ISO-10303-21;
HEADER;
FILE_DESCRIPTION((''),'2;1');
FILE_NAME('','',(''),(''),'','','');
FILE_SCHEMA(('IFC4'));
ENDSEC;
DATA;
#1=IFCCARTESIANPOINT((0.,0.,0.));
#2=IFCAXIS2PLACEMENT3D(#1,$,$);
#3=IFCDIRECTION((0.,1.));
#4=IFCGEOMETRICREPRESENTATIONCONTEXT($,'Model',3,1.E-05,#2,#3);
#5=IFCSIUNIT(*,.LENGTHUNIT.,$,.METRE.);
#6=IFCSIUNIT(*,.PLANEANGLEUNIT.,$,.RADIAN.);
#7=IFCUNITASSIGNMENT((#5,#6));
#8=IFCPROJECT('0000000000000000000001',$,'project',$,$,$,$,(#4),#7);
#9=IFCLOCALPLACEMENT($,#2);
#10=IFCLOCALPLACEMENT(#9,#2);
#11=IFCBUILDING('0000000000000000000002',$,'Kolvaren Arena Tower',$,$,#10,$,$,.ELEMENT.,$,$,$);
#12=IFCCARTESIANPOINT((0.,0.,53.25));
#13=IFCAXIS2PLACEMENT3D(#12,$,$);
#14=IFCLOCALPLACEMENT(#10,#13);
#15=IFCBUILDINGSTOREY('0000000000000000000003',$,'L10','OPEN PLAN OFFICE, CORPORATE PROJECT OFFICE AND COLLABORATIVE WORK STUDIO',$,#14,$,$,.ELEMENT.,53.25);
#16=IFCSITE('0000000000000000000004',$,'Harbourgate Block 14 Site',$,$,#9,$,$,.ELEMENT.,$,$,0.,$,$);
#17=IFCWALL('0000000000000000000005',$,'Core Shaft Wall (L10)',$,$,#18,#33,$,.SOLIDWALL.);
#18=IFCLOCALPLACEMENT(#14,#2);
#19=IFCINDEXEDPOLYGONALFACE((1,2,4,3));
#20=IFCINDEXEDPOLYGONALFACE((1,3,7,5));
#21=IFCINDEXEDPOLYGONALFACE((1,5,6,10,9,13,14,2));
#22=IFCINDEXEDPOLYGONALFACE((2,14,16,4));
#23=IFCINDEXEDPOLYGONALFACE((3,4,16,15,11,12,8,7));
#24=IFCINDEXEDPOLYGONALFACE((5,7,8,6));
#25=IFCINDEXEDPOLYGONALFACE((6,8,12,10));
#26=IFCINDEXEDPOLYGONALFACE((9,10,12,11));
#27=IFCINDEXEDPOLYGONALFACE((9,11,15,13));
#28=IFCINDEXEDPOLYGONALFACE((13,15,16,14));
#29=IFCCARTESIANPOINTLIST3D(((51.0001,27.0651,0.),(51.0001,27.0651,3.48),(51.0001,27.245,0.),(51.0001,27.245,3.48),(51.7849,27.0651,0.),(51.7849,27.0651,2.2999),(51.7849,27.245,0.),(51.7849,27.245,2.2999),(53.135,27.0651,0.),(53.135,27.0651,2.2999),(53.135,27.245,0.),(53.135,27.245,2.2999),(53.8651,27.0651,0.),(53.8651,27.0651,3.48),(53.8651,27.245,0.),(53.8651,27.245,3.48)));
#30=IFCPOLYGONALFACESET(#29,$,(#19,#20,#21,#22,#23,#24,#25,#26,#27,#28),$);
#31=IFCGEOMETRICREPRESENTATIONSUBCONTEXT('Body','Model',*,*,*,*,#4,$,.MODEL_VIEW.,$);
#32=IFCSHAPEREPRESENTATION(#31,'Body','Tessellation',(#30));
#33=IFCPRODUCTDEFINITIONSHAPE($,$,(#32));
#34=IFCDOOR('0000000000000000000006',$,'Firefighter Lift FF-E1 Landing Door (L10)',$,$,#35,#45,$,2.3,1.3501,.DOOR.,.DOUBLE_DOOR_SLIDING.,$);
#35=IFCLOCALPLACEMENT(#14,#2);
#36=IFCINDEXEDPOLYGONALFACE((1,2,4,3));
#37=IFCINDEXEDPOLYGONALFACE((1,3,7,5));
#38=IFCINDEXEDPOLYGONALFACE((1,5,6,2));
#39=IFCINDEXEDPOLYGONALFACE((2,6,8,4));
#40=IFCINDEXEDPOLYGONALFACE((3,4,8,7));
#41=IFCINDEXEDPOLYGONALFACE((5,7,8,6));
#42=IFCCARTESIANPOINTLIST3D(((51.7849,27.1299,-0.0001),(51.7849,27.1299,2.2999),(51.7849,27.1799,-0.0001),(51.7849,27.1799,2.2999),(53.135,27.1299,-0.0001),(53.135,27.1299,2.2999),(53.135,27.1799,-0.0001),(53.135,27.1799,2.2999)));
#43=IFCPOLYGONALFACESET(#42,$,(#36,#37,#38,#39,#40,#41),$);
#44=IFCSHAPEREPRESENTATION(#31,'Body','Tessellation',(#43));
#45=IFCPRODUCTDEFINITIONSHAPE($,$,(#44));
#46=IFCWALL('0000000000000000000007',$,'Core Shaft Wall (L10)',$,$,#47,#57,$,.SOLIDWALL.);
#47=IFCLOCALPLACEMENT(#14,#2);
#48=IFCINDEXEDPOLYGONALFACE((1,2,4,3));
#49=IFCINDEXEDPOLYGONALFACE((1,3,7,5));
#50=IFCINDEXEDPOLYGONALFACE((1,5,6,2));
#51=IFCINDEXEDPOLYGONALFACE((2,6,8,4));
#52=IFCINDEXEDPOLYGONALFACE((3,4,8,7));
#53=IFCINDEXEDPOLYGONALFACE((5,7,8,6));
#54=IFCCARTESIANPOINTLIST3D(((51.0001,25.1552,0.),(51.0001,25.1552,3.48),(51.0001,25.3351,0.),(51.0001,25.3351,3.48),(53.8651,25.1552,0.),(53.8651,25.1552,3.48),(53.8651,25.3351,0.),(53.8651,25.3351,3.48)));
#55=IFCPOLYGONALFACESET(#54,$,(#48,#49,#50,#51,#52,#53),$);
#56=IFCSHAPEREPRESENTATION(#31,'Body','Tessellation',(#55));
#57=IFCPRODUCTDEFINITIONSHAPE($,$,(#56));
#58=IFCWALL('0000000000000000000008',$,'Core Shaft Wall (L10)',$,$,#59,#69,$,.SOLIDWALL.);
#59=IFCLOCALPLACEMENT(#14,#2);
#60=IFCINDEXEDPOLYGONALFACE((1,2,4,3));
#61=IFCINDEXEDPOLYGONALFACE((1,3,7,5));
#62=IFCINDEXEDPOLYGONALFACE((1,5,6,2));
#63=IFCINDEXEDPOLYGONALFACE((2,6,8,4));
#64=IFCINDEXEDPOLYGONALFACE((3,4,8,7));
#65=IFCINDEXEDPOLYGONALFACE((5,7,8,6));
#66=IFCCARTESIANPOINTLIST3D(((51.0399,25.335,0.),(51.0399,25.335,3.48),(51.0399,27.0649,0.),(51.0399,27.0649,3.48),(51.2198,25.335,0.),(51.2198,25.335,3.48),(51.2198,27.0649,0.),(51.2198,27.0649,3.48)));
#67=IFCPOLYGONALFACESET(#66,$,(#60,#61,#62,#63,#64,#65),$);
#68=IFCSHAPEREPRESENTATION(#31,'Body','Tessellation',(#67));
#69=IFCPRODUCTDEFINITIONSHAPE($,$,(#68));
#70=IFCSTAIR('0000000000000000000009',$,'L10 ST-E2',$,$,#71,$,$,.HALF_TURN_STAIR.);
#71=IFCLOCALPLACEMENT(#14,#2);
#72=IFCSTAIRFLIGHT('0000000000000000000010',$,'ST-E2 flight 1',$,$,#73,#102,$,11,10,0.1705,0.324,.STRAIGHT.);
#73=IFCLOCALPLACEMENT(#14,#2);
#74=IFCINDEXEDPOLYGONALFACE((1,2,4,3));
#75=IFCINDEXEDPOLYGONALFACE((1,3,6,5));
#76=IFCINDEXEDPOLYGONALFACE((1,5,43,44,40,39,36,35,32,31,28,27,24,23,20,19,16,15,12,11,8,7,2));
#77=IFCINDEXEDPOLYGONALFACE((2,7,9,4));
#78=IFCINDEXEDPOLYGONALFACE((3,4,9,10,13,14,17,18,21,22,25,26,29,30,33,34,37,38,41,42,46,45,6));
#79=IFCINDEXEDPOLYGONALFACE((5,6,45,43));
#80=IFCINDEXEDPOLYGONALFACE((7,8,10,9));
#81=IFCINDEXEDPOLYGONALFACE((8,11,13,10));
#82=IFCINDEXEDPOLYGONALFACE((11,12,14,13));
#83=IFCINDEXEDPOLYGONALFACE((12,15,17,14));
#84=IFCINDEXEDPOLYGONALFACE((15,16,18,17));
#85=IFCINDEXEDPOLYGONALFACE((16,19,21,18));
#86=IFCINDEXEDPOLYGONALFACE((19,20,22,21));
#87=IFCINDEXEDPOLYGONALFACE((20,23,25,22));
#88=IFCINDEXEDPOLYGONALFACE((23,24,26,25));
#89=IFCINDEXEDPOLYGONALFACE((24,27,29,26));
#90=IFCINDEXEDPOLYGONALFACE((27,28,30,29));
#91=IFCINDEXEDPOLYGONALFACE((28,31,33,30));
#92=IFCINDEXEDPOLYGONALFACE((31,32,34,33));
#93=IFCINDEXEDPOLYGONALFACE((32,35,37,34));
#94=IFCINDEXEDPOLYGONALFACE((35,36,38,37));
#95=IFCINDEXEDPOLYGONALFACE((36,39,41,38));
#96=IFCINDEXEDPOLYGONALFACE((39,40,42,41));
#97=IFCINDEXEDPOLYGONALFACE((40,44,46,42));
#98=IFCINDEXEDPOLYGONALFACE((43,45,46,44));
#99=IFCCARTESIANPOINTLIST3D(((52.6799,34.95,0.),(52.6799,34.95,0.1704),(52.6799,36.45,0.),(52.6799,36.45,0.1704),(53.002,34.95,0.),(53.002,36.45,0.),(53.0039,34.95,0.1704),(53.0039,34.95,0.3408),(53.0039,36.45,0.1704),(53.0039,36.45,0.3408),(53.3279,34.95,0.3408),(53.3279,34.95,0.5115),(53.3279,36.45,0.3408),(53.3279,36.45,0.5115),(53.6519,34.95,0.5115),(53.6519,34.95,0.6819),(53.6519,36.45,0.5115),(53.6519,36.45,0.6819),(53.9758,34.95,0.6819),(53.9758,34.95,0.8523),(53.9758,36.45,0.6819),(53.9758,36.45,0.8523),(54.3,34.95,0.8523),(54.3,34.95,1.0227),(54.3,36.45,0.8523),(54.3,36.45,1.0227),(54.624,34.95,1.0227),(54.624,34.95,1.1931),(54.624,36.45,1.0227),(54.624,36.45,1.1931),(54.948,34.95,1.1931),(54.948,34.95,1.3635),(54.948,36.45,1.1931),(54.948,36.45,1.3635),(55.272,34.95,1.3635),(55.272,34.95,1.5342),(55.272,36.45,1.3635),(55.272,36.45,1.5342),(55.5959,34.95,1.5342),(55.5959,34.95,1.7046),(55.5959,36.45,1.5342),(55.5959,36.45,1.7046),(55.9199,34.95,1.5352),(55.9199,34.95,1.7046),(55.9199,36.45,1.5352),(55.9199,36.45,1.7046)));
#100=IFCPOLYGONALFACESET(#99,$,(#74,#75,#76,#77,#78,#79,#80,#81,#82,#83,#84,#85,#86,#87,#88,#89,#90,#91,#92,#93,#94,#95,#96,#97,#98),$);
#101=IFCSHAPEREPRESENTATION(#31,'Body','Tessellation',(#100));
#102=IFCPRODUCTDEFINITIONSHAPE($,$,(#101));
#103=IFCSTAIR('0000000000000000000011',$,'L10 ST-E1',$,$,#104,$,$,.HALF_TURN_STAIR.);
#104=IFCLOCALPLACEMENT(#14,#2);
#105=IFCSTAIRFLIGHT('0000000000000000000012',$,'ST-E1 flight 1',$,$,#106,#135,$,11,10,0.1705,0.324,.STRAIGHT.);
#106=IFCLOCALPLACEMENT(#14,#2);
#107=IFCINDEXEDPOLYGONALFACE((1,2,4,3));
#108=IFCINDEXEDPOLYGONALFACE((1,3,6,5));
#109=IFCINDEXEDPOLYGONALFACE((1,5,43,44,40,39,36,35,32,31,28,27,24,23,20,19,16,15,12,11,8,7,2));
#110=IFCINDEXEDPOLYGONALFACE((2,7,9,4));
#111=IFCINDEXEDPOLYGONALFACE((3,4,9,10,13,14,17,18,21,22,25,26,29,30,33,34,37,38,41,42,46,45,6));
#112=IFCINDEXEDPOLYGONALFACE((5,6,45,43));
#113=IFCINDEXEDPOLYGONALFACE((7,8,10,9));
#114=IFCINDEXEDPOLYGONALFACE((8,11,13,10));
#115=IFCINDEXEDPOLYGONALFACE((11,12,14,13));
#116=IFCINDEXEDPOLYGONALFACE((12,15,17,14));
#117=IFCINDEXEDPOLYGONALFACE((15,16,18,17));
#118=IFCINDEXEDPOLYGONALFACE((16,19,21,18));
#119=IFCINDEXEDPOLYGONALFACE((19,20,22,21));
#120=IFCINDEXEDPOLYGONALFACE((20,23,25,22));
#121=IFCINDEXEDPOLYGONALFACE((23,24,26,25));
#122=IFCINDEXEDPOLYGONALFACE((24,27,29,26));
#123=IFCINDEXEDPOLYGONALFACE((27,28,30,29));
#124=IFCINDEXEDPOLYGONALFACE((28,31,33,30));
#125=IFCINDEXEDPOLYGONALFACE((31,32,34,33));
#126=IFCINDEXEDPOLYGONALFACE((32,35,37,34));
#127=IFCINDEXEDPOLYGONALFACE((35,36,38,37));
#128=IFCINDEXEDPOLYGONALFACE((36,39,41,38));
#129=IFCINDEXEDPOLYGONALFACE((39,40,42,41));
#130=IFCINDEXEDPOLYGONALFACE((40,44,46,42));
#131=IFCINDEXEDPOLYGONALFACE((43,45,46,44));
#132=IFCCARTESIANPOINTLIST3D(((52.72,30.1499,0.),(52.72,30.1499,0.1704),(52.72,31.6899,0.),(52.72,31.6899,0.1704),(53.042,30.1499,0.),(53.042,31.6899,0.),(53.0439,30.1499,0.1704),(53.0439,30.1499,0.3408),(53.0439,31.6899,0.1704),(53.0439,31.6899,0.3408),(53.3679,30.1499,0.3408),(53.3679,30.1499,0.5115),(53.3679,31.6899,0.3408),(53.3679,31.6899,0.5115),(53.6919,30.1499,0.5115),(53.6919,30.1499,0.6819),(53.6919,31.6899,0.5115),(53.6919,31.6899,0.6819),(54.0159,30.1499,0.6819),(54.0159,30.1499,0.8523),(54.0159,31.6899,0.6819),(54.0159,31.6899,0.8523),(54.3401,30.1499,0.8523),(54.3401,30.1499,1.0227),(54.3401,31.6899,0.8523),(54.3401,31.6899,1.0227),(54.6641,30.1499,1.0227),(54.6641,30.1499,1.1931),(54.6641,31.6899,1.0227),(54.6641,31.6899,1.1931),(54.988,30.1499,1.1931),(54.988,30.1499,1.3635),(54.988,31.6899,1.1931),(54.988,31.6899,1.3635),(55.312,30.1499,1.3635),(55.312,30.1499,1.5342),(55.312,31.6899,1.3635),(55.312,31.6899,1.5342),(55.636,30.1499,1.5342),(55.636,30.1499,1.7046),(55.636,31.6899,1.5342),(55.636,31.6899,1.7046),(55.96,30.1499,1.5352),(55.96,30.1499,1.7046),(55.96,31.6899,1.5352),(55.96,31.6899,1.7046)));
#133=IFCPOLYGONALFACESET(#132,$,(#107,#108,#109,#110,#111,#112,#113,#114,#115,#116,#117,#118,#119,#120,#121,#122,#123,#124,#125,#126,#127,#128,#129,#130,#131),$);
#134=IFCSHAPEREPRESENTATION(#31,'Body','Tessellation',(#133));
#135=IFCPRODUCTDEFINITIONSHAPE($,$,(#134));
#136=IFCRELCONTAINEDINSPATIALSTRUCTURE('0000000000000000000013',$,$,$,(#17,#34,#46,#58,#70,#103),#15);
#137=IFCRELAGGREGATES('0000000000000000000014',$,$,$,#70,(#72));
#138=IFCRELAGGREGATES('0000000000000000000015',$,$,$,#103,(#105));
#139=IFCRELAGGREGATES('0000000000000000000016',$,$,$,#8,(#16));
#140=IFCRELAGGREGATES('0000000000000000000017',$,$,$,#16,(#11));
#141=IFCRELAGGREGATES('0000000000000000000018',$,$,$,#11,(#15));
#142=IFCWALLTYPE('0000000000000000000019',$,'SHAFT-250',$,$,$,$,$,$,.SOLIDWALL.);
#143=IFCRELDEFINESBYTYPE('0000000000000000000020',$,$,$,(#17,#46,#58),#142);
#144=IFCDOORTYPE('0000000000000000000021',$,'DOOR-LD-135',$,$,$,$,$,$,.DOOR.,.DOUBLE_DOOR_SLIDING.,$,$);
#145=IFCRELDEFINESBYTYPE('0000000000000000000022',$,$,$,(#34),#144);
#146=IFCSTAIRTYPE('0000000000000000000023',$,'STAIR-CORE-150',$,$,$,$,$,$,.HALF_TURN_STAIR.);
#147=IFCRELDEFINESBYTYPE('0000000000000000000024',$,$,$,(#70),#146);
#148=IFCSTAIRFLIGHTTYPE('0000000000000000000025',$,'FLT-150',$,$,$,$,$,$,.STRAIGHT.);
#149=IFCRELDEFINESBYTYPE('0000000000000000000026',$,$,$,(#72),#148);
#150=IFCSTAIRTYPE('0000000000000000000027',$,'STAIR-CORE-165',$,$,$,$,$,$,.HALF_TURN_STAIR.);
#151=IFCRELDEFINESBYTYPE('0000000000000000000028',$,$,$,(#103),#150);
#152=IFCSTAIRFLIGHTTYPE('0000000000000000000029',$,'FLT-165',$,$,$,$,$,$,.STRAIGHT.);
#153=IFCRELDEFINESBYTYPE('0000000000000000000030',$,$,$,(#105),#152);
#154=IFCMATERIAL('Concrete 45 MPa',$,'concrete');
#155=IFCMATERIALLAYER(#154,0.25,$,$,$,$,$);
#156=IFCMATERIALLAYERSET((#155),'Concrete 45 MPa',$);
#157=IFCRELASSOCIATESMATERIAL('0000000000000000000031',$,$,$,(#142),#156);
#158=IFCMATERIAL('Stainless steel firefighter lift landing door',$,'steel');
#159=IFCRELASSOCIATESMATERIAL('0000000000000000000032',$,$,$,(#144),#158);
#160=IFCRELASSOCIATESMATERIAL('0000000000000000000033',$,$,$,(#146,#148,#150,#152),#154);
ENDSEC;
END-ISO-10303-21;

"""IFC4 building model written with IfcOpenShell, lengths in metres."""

from ifc_helpers import new_model, si_unit, direction, frame, frame_2d, origin, place, context, subcontext, project, spatial, polyline, rectangle, outline, extrude, material, layer, layer_set, type_object, element, fill, aggregate, save


model = new_model("IFC4")

# Units and contexts
model_context = context("Model", 3, precision=1e-05, world=origin(), true_north=direction((0.0, 1.0)))
body_context = subcontext(model_context, "Body", "Model", "MODEL_VIEW")
ifc_project = project(units=[si_unit("LENGTHUNIT", "METRE"), si_unit("PLANEANGLEUNIT", "RADIAN")], contexts=[model_context])

# Site, building, storey
site_placement = place(None, origin())
site = spatial("IfcSite", under=ifc_project, at=site_placement, Name="Harbourgate Block 14 Site", CompositionType="ELEMENT", RefElevation=0.0)
building_placement = place(site_placement, origin())
building = spatial("IfcBuilding", under=site, at=building_placement, Name="Kolvaren Arena Tower", CompositionType="ELEMENT")
storey_placement = place(building_placement, frame((0.0, 0.0, 53.25)))
storey = spatial("IfcBuildingStorey", under=building, at=storey_placement, Name="L10", Description="OPEN PLAN OFFICE, CORPORATE PROJECT OFFICE AND COLLABORATIVE WORK STUDIO", CompositionType="ELEMENT", Elevation=53.25)

# Shared definitions
ifc_material_1 = material(Name="Concrete 45 MPa", Category="concrete")
ifc_layer = layer(ifc_material_1, 0.25)
ifc_layer_set = layer_set([ifc_layer], Name="Concrete 45 MPa")
wall_type = type_object("IfcWallType", Name="SHAFT-250", PredefinedType="SOLIDWALL", material=ifc_layer_set)

# Wall, opening, door
wall_1_placement = place(storey_placement, frame((51.0, 27.155, 0.0), z_axis=(0.0, 0.0, 1.0), x_axis=(1.0, 0.0, 0.0)))
wall_1 = element("IfcWall", 1, at=wall_1_placement, inside=storey, type_object=wall_type, Name="Core Shaft Wall (L10)", PredefinedType="SOLIDWALL", context=body_context, shape_type="SweptSolid", body=[
    extrude(rectangle(XDim=2.865, YDim=0.1799, at=frame_2d((1.4326, 0.0))), origin(), (0.0, 0.0, 1.0), 3.48),
])
opening_placement = place(wall_1_placement, frame((0.7849, 0.0, 0.0)))
opening = element("IfcOpeningElement", 2, at=opening_placement, cuts=wall_1, PredefinedType="OPENING", context=body_context, shape_type="SweptSolid", body=[
    extrude(rectangle(XDim=1.3501, YDim=2.3, at=frame_2d((0.675, 1.1499))), frame((0.0, 0.0999, 0.0), z_axis=(0.0, -1.0, 0.0), x_axis=(1.0, 0.0, 0.0)), (0.0, 0.0, 1.0), 0.2),
])
ifc_material_2 = material(Name="Stainless steel firefighter lift landing door", Category="steel")
door_type = type_object("IfcDoorType", Name="DOOR-LD-135", OperationType="DOUBLE_DOOR_SLIDING", PredefinedType="DOOR", material=ifc_material_2)
door_placement = place(opening_placement, origin())
door = element("IfcDoor", 3, at=door_placement, inside=storey, type_object=door_type, Name="Firefighter Lift FF-E1 Landing Door (L10)", OperationType="DOUBLE_DOOR_SLIDING", OverallHeight=2.3, OverallWidth=1.3501, PredefinedType="DOOR", context=body_context, shape_type="SweptSolid", body=[
    extrude(rectangle(XDim=1.3501, YDim=2.3, at=frame_2d((0.675, 1.1499))), frame((0.0, 0.0249, 0.0), z_axis=(0.0, -1.0, 0.0), x_axis=(1.0, 0.0, 0.0)), (0.0, 0.0, 1.0), 0.05),
])
fill(opening, door)

# Walls
wall_2_placement = place(storey_placement, frame((51.0, 25.2451, 0.0), z_axis=(0.0, 0.0, 1.0), x_axis=(1.0, 0.0, 0.0)))
element("IfcWall", 4, at=wall_2_placement, inside=storey, type_object=wall_type, Name="Core Shaft Wall (L10)", PredefinedType="SOLIDWALL", context=body_context, shape_type="SweptSolid", body=[
    extrude(rectangle(XDim=2.865, YDim=0.1799, at=frame_2d((1.4326, 0.0))), origin(), (0.0, 0.0, 1.0), 3.48),
])
wall_3_placement = place(storey_placement, frame((51.1299, 25.335, 0.0), z_axis=(0.0, 0.0, 1.0), x_axis=(0.0, 1.0, 0.0)))
element("IfcWall", 5, at=wall_3_placement, inside=storey, type_object=wall_type, Name="Core Shaft Wall (L10)", PredefinedType="SOLIDWALL", context=body_context, shape_type="SweptSolid", body=[
    extrude(rectangle(XDim=1.73, YDim=0.1799, at=frame_2d((0.865, 0.0))), origin(), (0.0, 0.0, 1.0), 3.48),
])

# Stairs, stair flights
stair_type_1 = type_object("IfcStairType", Name="STAIR-CORE-150", PredefinedType="HALF_TURN_STAIR", material=ifc_material_1)
stair_1_placement = place(storey_placement, origin())
stair_1 = element("IfcStair", 6, at=stair_1_placement, inside=storey, type_object=stair_type_1, Name="L10 ST-E2", PredefinedType="HALF_TURN_STAIR")
stair_flight_type_1 = type_object("IfcStairFlightType", Name="FLT-150", PredefinedType="STRAIGHT", material=ifc_material_1)
stair_flight_1_placement = place(storey_placement, frame((52.6799, 35.7, 0.0), z_axis=(0.0, 0.0, 1.0), x_axis=(1.0, 0.0, 0.0)))
stair_flight_1 = element("IfcStairFlight", 7, at=stair_flight_1_placement, type_object=stair_flight_type_1, Name="ST-E2 flight 1", NumberOfRisers=11, NumberOfTreads=10, PredefinedType="STRAIGHT", RiserHeight=0.1705, TreadLength=0.324, context=body_context, shape_type="SweptSolid", body=[
    extrude(outline(polyline([(0.0, 0.0), (0.0, 0.1704), (0.324, 0.1704), (0.324, 0.3408), (0.6479, 0.3408), (0.6479, 0.5115), (0.9719, 0.5115), (0.9719, 0.6819), (1.2959, 0.6819), (1.2959, 0.8523), (1.6201, 0.8523), (1.6201, 1.0227), (1.9441, 1.0227), (1.9441, 1.1931), (2.2681, 1.1931), (2.2681, 1.3635), (2.592, 1.3635), (2.592, 1.5342), (2.916, 1.5342), (2.916, 1.7046), (3.24, 1.7046), (3.24, 1.875), (3.24, 1.5352), (0.322, 0.0), (0.0, 0.0)])), frame((0.0, 0.75, 0.0), z_axis=(0.0, -1.0, 0.0), x_axis=(1.0, 0.0, 0.0)), (0.0, 0.0, 1.0), 1.5),
])
aggregate(stair_1, [stair_flight_1])
stair_type_2 = type_object("IfcStairType", Name="STAIR-CORE-165", PredefinedType="HALF_TURN_STAIR", material=ifc_material_1)
stair_2_placement = place(storey_placement, origin())
stair_2 = element("IfcStair", 8, at=stair_2_placement, inside=storey, type_object=stair_type_2, Name="L10 ST-E1", PredefinedType="HALF_TURN_STAIR")
stair_flight_type_2 = type_object("IfcStairFlightType", Name="FLT-165", PredefinedType="STRAIGHT", material=ifc_material_1)
stair_flight_2_placement = place(storey_placement, frame((52.72, 30.9199, 0.0), z_axis=(0.0, 0.0, 1.0), x_axis=(1.0, 0.0, 0.0)))
stair_flight_2 = element("IfcStairFlight", 9, at=stair_flight_2_placement, type_object=stair_flight_type_2, Name="ST-E1 flight 1", NumberOfRisers=11, NumberOfTreads=10, PredefinedType="STRAIGHT", RiserHeight=0.1705, TreadLength=0.324, context=body_context, shape_type="SweptSolid", body=[
    extrude(outline(polyline([(0.0, 0.0), (0.0, 0.1704), (0.324, 0.1704), (0.324, 0.3408), (0.6479, 0.3408), (0.6479, 0.5115), (0.9719, 0.5115), (0.9719, 0.6819), (1.2959, 0.6819), (1.2959, 0.8523), (1.6201, 0.8523), (1.6201, 1.0227), (1.9441, 1.0227), (1.9441, 1.1931), (2.2681, 1.1931), (2.2681, 1.3635), (2.592, 1.3635), (2.592, 1.5342), (2.916, 1.5342), (2.916, 1.7046), (3.24, 1.7046), (3.24, 1.875), (3.24, 1.5352), (0.322, 0.0), (0.0, 0.0)])), frame((0.0, 0.77, 0.0), z_axis=(0.0, -1.0, 0.0), x_axis=(1.0, 0.0, 0.0)), (0.0, 0.0, 1.0), 1.54),
])
aggregate(stair_2, [stair_flight_2])

save(model, "model.ifc")
